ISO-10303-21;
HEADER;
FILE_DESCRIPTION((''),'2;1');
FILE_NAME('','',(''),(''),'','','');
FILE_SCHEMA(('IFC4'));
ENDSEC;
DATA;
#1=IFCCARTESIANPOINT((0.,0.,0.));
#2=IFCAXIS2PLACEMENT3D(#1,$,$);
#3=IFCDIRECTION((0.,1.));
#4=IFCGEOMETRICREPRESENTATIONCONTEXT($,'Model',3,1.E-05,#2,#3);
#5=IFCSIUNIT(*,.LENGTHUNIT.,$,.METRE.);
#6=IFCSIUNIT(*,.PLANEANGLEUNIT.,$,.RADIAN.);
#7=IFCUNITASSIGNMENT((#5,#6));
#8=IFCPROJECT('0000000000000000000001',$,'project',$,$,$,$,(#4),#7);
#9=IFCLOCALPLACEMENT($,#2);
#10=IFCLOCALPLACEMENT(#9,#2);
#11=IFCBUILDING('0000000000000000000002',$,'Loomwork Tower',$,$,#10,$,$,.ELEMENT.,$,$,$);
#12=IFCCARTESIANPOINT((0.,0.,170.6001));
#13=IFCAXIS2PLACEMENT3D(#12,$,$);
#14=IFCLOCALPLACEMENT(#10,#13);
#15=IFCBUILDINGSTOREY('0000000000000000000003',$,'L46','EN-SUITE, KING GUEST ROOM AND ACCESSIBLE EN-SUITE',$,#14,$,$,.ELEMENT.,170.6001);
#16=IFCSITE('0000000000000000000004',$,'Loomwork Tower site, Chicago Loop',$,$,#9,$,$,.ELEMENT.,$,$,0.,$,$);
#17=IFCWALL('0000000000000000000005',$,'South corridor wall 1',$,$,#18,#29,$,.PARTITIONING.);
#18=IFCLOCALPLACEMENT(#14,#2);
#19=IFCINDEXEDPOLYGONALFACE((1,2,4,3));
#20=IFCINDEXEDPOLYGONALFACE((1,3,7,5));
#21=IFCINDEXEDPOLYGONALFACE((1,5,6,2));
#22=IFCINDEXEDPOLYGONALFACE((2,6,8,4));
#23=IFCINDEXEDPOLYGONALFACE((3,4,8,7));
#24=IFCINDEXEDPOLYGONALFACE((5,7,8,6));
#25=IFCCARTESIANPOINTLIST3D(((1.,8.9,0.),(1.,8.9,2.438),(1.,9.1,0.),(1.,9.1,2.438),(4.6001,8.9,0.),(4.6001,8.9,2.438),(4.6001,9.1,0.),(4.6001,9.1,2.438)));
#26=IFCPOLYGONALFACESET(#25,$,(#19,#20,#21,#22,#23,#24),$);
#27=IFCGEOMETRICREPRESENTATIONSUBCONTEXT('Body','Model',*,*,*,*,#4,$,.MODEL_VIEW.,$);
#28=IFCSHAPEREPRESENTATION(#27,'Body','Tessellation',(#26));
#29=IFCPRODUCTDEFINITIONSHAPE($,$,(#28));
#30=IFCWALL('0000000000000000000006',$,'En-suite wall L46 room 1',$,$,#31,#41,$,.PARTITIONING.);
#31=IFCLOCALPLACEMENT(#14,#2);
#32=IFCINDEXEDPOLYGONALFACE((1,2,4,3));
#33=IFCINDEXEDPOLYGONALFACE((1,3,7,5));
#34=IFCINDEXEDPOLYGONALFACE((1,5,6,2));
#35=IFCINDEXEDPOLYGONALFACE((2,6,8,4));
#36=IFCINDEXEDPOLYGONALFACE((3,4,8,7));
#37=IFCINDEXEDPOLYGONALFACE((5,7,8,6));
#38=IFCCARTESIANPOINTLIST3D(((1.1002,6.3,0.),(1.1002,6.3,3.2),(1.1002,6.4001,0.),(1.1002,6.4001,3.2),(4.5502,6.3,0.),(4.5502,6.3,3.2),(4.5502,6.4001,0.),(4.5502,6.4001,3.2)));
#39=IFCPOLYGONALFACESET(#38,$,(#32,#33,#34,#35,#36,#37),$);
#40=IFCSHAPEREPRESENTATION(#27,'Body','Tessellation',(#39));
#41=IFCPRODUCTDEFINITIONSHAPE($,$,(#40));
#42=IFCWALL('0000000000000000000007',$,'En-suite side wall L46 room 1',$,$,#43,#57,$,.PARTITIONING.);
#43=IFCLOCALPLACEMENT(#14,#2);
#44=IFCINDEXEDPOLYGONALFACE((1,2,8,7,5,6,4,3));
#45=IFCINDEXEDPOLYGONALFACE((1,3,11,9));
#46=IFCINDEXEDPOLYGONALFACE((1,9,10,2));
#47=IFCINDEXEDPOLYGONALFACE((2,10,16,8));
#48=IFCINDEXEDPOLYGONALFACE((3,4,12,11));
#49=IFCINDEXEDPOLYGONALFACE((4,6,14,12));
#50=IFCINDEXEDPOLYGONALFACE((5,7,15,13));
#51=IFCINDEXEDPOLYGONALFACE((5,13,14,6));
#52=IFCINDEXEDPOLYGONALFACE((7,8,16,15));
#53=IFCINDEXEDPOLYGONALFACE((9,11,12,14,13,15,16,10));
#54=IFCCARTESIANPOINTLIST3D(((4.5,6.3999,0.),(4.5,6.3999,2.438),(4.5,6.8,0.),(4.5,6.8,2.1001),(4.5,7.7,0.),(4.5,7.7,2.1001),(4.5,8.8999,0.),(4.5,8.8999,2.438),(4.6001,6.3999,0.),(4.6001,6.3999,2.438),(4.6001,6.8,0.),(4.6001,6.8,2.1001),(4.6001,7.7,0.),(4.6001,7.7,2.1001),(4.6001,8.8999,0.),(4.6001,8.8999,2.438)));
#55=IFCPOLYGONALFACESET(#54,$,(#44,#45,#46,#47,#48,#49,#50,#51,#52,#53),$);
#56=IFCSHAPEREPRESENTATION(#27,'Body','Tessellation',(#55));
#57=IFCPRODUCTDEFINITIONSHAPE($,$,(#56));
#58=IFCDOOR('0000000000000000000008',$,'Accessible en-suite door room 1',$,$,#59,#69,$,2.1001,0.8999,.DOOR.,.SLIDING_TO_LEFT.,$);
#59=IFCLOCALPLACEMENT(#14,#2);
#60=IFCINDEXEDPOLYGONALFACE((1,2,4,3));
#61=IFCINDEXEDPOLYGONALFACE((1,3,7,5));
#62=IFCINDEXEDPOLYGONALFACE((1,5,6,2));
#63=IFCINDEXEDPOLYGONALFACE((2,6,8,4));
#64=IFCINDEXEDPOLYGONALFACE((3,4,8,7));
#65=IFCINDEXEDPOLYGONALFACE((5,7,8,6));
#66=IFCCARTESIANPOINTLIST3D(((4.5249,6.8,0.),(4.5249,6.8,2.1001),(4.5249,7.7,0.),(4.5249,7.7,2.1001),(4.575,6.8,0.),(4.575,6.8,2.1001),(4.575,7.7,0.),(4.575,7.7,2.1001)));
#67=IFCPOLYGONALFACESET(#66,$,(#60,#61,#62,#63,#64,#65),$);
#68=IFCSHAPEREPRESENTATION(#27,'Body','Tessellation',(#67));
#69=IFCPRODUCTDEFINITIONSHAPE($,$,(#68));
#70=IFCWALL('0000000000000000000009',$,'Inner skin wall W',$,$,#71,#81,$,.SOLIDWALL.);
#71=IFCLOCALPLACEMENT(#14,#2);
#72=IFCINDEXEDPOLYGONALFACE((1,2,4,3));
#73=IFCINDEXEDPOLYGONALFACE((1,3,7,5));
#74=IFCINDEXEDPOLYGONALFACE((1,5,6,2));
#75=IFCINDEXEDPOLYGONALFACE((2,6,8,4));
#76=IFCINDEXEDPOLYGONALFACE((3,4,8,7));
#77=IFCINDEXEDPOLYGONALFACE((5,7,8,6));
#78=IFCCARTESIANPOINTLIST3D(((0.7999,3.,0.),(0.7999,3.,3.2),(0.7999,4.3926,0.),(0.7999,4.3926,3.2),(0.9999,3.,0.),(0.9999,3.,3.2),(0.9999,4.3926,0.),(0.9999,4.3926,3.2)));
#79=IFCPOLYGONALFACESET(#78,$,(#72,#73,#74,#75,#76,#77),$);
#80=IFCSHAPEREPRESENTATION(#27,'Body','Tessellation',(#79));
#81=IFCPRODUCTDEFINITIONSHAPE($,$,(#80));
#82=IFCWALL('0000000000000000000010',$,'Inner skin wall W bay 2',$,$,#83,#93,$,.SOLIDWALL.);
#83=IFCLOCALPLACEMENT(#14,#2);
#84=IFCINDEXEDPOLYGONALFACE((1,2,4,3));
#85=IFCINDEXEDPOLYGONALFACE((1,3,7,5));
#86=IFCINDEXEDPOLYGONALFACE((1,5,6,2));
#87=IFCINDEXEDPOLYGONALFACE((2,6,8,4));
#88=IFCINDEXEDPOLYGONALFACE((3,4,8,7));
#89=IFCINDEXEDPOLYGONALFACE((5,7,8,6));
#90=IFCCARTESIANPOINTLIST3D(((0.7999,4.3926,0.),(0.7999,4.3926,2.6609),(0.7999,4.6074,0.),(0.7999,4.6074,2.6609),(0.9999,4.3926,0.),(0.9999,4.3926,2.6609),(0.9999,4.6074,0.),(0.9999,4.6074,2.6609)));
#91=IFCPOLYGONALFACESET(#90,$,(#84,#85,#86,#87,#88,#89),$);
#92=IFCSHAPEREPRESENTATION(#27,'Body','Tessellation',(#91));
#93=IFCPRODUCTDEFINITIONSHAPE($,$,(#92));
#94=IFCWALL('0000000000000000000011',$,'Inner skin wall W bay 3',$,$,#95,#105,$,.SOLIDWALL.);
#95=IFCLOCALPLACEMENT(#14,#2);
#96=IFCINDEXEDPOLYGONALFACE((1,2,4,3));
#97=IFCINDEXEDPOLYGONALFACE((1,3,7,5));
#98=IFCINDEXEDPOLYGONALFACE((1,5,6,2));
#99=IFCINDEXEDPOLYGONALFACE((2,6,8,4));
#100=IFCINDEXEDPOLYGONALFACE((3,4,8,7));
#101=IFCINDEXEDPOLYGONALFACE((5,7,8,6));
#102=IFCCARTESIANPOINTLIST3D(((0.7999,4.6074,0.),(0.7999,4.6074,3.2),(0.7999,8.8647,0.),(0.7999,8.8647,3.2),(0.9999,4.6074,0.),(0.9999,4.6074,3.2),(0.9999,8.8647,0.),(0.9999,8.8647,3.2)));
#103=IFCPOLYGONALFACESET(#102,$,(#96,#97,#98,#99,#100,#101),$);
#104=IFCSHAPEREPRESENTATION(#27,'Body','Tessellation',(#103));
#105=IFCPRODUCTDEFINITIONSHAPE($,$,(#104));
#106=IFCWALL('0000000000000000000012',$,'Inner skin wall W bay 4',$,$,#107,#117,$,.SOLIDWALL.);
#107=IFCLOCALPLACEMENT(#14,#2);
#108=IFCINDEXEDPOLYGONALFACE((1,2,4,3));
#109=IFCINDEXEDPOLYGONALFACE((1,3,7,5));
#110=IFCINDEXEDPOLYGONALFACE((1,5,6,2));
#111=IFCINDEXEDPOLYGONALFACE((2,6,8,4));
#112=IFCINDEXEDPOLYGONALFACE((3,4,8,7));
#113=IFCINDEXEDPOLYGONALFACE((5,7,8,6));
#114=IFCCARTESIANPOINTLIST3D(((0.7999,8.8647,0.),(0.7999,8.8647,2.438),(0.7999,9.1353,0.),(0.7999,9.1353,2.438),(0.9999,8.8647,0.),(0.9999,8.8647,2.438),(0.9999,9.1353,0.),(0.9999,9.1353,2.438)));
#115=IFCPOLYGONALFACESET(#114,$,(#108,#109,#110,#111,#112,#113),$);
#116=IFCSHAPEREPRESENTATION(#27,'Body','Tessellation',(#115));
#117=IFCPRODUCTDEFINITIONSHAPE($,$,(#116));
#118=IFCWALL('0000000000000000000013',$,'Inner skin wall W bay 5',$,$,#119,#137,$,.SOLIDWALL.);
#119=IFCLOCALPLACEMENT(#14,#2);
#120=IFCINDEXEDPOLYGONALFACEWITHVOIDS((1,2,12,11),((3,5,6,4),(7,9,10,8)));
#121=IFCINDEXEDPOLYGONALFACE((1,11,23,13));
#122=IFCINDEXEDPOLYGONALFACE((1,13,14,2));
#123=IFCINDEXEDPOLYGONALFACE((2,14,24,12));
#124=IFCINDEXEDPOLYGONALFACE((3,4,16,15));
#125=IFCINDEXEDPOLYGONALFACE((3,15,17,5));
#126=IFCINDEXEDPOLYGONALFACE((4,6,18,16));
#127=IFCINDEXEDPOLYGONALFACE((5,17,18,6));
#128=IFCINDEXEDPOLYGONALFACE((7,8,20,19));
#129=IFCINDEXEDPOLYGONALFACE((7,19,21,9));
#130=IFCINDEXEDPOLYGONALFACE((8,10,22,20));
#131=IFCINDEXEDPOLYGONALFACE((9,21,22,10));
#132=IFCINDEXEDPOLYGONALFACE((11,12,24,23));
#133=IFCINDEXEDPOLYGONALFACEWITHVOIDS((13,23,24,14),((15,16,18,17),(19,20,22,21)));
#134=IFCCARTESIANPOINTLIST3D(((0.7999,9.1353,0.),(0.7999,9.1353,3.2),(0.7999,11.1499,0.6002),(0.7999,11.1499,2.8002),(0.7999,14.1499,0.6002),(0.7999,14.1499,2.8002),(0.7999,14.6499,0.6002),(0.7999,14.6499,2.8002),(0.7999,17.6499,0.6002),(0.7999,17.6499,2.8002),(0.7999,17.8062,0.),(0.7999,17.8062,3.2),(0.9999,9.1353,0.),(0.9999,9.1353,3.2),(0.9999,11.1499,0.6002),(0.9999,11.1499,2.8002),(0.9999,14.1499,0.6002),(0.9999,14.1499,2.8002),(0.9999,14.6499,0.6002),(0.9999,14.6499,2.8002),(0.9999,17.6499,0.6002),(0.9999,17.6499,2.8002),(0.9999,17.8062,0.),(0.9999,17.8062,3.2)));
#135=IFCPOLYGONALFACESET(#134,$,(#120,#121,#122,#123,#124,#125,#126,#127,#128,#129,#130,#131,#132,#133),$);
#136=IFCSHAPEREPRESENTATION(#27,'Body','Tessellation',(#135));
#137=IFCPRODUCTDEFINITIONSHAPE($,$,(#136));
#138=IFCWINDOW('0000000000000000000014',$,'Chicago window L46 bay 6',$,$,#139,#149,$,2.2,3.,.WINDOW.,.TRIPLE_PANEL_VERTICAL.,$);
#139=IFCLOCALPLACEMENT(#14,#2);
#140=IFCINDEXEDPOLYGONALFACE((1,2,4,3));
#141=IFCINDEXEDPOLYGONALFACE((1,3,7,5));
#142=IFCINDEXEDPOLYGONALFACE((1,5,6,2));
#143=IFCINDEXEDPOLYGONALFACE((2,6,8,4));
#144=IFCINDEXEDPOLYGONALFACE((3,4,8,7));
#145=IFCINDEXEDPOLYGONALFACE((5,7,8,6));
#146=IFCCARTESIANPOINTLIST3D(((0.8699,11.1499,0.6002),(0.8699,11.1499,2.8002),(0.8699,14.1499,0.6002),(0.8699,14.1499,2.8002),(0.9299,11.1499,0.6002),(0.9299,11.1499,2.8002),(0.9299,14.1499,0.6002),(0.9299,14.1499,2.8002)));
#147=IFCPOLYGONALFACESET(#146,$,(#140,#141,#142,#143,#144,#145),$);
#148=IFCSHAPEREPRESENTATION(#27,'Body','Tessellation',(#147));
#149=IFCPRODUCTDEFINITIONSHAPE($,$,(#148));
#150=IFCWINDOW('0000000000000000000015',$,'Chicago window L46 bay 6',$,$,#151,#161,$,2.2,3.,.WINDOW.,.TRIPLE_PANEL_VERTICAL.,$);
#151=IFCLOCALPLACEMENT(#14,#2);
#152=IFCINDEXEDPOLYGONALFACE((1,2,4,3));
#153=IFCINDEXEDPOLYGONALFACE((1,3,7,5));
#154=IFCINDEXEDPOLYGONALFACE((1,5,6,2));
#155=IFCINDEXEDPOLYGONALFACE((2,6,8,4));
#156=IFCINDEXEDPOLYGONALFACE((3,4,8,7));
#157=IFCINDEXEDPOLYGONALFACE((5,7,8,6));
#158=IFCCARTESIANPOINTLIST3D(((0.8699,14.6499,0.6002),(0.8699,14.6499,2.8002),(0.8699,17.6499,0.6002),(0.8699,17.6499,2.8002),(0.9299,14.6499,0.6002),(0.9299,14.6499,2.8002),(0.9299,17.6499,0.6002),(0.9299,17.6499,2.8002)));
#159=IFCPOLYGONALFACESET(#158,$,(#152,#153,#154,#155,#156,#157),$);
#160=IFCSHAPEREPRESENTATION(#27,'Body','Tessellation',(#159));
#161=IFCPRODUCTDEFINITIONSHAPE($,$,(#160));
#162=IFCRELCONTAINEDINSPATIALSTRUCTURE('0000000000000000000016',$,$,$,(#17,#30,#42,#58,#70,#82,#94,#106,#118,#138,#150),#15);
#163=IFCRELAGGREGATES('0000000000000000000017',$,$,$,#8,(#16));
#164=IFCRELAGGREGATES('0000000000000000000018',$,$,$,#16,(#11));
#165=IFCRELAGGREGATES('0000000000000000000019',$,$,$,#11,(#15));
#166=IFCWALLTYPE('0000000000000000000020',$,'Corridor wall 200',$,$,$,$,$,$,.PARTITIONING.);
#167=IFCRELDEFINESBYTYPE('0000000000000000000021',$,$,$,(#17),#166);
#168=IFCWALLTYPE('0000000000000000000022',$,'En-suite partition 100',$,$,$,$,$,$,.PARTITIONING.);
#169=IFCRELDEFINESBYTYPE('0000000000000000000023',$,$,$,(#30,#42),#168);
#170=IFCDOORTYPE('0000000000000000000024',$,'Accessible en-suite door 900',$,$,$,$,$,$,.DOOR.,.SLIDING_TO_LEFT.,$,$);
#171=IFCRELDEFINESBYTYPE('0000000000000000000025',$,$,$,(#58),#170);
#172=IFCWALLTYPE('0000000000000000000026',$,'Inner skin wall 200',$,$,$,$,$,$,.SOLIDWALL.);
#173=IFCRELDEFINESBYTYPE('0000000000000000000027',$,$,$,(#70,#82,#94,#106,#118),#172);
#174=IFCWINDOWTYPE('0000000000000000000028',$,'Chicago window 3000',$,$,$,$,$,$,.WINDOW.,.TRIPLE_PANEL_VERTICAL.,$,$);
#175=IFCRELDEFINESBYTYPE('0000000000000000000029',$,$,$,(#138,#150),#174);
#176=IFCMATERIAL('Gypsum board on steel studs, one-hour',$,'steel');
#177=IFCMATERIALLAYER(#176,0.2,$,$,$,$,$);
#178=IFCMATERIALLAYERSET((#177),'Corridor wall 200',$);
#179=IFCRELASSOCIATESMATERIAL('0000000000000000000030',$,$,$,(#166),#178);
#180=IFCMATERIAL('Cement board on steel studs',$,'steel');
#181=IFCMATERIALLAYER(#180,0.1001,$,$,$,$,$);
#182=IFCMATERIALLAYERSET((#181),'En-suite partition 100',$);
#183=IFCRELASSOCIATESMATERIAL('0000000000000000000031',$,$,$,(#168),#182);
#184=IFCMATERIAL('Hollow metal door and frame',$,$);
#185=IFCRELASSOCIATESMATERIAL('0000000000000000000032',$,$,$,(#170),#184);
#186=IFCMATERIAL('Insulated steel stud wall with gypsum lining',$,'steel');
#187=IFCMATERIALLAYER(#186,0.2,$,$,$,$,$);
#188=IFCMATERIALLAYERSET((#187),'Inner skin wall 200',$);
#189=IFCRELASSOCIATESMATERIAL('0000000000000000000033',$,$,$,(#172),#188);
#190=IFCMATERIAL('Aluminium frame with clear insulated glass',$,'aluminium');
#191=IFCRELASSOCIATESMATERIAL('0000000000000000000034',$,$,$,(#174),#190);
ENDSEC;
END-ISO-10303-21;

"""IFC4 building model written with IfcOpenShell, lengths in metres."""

from ifc_helpers import new_model, si_unit, direction, frame, frame_2d, origin, place, context, subcontext, project, spatial, rectangle, extrude, material, layer, layer_set, type_object, element, fill, save


model = new_model("IFC4")

# Units and contexts
model_context = context("Model", 3, precision=1e-05, world=origin(), true_north=direction((0.0, 1.0)))
body_context = subcontext(model_context, "Body", "Model", "MODEL_VIEW")
ifc_project = project(units=[si_unit("LENGTHUNIT", "METRE"), si_unit("PLANEANGLEUNIT", "RADIAN")], contexts=[model_context])

# Site, building, storey
site_placement = place(None, origin())
site = spatial("IfcSite", under=ifc_project, at=site_placement, Name="Loomwork Tower site, Chicago Loop", CompositionType="ELEMENT", RefElevation=0.0)
building_placement = place(site_placement, origin())
building = spatial("IfcBuilding", under=site, at=building_placement, Name="Loomwork Tower", CompositionType="ELEMENT")
storey_placement = place(building_placement, frame((0.0, 0.0, 170.6001)))
storey = spatial("IfcBuildingStorey", under=building, at=storey_placement, Name="L46", Description="EN-SUITE, KING GUEST ROOM AND ACCESSIBLE EN-SUITE", CompositionType="ELEMENT", Elevation=170.6001)

# Walls
ifc_material_1 = material(Name="Gypsum board on steel studs, one-hour", Category="steel")
ifc_layer_1 = layer(ifc_material_1, 0.2)
ifc_layer_set_1 = layer_set([ifc_layer_1], Name="Corridor wall 200")
wall_type_1 = type_object("IfcWallType", Name="Corridor wall 200", PredefinedType="PARTITIONING", material=ifc_layer_set_1)
wall_1_placement = place(storey_placement, frame((1.0, 9.0, 0.0), z_axis=(0.0, 0.0, 1.0), x_axis=(1.0, 0.0, 0.0)))
element("IfcWall", 1, at=wall_1_placement, inside=storey, type_object=wall_type_1, Name="South corridor wall 1", PredefinedType="PARTITIONING", context=body_context, shape_type="SweptSolid", body=[
    extrude(rectangle(XDim=3.6001, YDim=0.2, at=frame_2d((1.8, 0.0))), origin(), (0.0, 0.0, 1.0), 2.438),
])
ifc_material_2 = material(Name="Cement board on steel studs", Category="steel")
ifc_layer_2 = layer(ifc_material_2, 0.1001)
ifc_layer_set_2 = layer_set([ifc_layer_2], Name="En-suite partition 100")
wall_type_2 = type_object("IfcWallType", Name="En-suite partition 100", PredefinedType="PARTITIONING", material=ifc_layer_set_2)
wall_2_placement = place(storey_placement, frame((1.1001, 6.3501, 0.0), z_axis=(0.0, 0.0, 1.0), x_axis=(1.0, 0.0, 0.0)))
element("IfcWall", 2, at=wall_2_placement, inside=storey, type_object=wall_type_2, Name="En-suite wall L46 room 1", PredefinedType="PARTITIONING", context=body_context, shape_type="SweptSolid", body=[
    extrude(rectangle(XDim=3.45, YDim=0.1001, at=frame_2d((1.7251, 0.0))), origin(), (0.0, 0.0, 1.0), 3.2),
])

# Wall, opening, door
wall_3_placement = place(storey_placement, frame((4.55, 8.8999, 0.0), z_axis=(0.0, 0.0, 1.0), x_axis=(0.0, -1.0, 0.0)))
wall_3 = element("IfcWall", 3, at=wall_3_placement, inside=storey, type_object=wall_type_2, Name="En-suite side wall L46 room 1", PredefinedType="PARTITIONING", context=body_context, shape_type="SweptSolid", body=[
    extrude(rectangle(XDim=2.5, YDim=0.1001, at=frame_2d((1.25, 0.0))), origin(), (0.0, 0.0, 1.0), 2.438),
])
opening_1_placement = place(wall_3_placement, frame((1.2, 0.0, 0.0)))
opening_1 = element("IfcOpeningElement", 4, at=opening_1_placement, cuts=wall_3, PredefinedType="OPENING", context=body_context, shape_type="SweptSolid", body=[
    extrude(rectangle(XDim=0.8999, YDim=2.1001, at=frame_2d((0.45, 1.05))), frame((0.0, 0.0601, 0.0), z_axis=(0.0, -1.0, 0.0), x_axis=(1.0, 0.0, 0.0)), (0.0, 0.0, 1.0), 0.1201),
])
ifc_material_3 = material(Name="Hollow metal door and frame")
door_type = type_object("IfcDoorType", Name="Accessible en-suite door 900", OperationType="SLIDING_TO_LEFT", PredefinedType="DOOR", material=ifc_material_3)
door_placement = place(opening_1_placement, origin())
door = element("IfcDoor", 5, at=door_placement, inside=storey, type_object=door_type, Name="Accessible en-suite door room 1", OperationType="SLIDING_TO_LEFT", OverallHeight=2.1001, OverallWidth=0.8999, PredefinedType="DOOR", context=body_context, shape_type="SweptSolid", body=[
    extrude(rectangle(XDim=0.8999, YDim=2.1001, at=frame_2d((0.45, 1.05))), frame((0.0, 0.0249, 0.0), z_axis=(0.0, -1.0, 0.0), x_axis=(1.0, 0.0, 0.0)), (0.0, 0.0, 1.0), 0.05),
])
fill(opening_1, door)

# Walls
ifc_material_4 = material(Name="Insulated steel stud wall with gypsum lining", Category="steel")
ifc_layer_3 = layer(ifc_material_4, 0.2)
ifc_layer_set_3 = layer_set([ifc_layer_3], Name="Inner skin wall 200")
wall_type_3 = type_object("IfcWallType", Name="Inner skin wall 200", PredefinedType="SOLIDWALL", material=ifc_layer_set_3)
wall_4_placement = place(storey_placement, frame((0.8999, 3.0, 0.0), z_axis=(0.0, 0.0, 1.0), x_axis=(0.0, 1.0, 0.0)))
element("IfcWall", 6, at=wall_4_placement, inside=storey, type_object=wall_type_3, Name="Inner skin wall W", PredefinedType="SOLIDWALL", context=body_context, shape_type="SweptSolid", body=[
    extrude(rectangle(XDim=1.3926, YDim=0.2, at=frame_2d((0.6963, 0.0))), origin(), (0.0, 0.0, 1.0), 3.2),
])
wall_5_placement = place(storey_placement, frame((0.8999, 4.3926, 0.0), z_axis=(0.0, 0.0, 1.0), x_axis=(0.0, 1.0, 0.0)))
element("IfcWall", 7, at=wall_5_placement, inside=storey, type_object=wall_type_3, Name="Inner skin wall W bay 2", PredefinedType="SOLIDWALL", context=body_context, shape_type="SweptSolid", body=[
    extrude(rectangle(XDim=0.2148, YDim=0.2, at=frame_2d((0.1074, 0.0))), origin(), (0.0, 0.0, 1.0), 2.6609),
])
wall_6_placement = place(storey_placement, frame((0.8999, 4.6074, 0.0), z_axis=(0.0, 0.0, 1.0), x_axis=(0.0, 1.0, 0.0)))
element("IfcWall", 8, at=wall_6_placement, inside=storey, type_object=wall_type_3, Name="Inner skin wall W bay 3", PredefinedType="SOLIDWALL", context=body_context, shape_type="SweptSolid", body=[
    extrude(rectangle(XDim=4.2573, YDim=0.2, at=frame_2d((2.1287, 0.0))), origin(), (0.0, 0.0, 1.0), 3.2),
])
wall_7_placement = place(storey_placement, frame((0.8999, 8.8647, 0.0), z_axis=(0.0, 0.0, 1.0), x_axis=(0.0, 1.0, 0.0)))
element("IfcWall", 9, at=wall_7_placement, inside=storey, type_object=wall_type_3, Name="Inner skin wall W bay 4", PredefinedType="SOLIDWALL", context=body_context, shape_type="SweptSolid", body=[
    extrude(rectangle(XDim=0.2705, YDim=0.2, at=frame_2d((0.1353, 0.0))), origin(), (0.0, 0.0, 1.0), 2.438),
])

# Wall, openings, windows
wall_8_placement = place(storey_placement, frame((0.8999, 9.1353, 0.0), z_axis=(0.0, 0.0, 1.0), x_axis=(0.0, 1.0, 0.0)))
wall_8 = element("IfcWall", 10, at=wall_8_placement, inside=storey, type_object=wall_type_3, Name="Inner skin wall W bay 5", PredefinedType="SOLIDWALL", context=body_context, shape_type="SweptSolid", body=[
    extrude(rectangle(XDim=8.6709, YDim=0.2, at=frame_2d((4.3354, 0.0))), origin(), (0.0, 0.0, 1.0), 3.2),
])
opening_2_placement = place(wall_8_placement, frame((2.0146, 0.0, 0.6001)))
opening_2 = element("IfcOpeningElement", 11, at=opening_2_placement, cuts=wall_8, PredefinedType="OPENING", context=body_context, shape_type="SweptSolid", body=[
    extrude(rectangle(XDim=3.0, YDim=2.2, at=frame_2d((1.5, 1.1001))), frame((0.0, 0.1099, 0.0), z_axis=(0.0, -1.0, 0.0), x_axis=(1.0, 0.0, 0.0)), (0.0, 0.0, 1.0), 0.22),
])
opening_3_placement = place(wall_8_placement, frame((5.5146, 0.0, 0.6001)))
opening_3 = element("IfcOpeningElement", 12, at=opening_3_placement, cuts=wall_8, PredefinedType="OPENING", context=body_context, shape_type="SweptSolid", body=[
    extrude(rectangle(XDim=3.0, YDim=2.2, at=frame_2d((1.5, 1.1001))), frame((0.0, 0.1099, 0.0), z_axis=(0.0, -1.0, 0.0), x_axis=(1.0, 0.0, 0.0)), (0.0, 0.0, 1.0), 0.22),
])
ifc_material_5 = material(Name="Aluminium frame with clear insulated glass", Category="aluminium")
window_type_1 = type_object("IfcWindowType", Name="Chicago window 3000", PartitioningType="TRIPLE_PANEL_VERTICAL", PredefinedType="WINDOW", material=ifc_material_5)
window_1_placement = place(opening_2_placement, origin())
window_1 = element("IfcWindow", 13, at=window_1_placement, inside=storey, type_object=window_type_1, Name="Chicago window L46 bay 6", OverallHeight=2.2, OverallWidth=3.0, PartitioningType="TRIPLE_PANEL_VERTICAL", PredefinedType="WINDOW", context=body_context, shape_type="SweptSolid", body=[
    extrude(rectangle(XDim=3.0, YDim=2.2, at=frame_2d((1.5, 1.1001))), frame((0.0, 0.03, 0.0), z_axis=(0.0, -1.0, 0.0), x_axis=(1.0, 0.0, 0.0)), (0.0, 0.0, 1.0), 0.0601),
])
fill(opening_2, window_1)
window_2_placement = place(opening_3_placement, origin())
window_2 = element("IfcWindow", 14, at=window_2_placement, inside=storey, type_object=window_type_1, Name="Chicago window L46 bay 6", OverallHeight=2.2, OverallWidth=3.0, PartitioningType="TRIPLE_PANEL_VERTICAL", PredefinedType="WINDOW", context=body_context, shape_type="SweptSolid", body=[
    extrude(rectangle(XDim=3.0, YDim=2.2, at=frame_2d((1.5, 1.1001))), frame((0.0, 0.03, 0.0), z_axis=(0.0, -1.0, 0.0), x_axis=(1.0, 0.0, 0.0)), (0.0, 0.0, 1.0), 0.0601),
])
fill(opening_3, window_2)

save(model, "model.ifc")
